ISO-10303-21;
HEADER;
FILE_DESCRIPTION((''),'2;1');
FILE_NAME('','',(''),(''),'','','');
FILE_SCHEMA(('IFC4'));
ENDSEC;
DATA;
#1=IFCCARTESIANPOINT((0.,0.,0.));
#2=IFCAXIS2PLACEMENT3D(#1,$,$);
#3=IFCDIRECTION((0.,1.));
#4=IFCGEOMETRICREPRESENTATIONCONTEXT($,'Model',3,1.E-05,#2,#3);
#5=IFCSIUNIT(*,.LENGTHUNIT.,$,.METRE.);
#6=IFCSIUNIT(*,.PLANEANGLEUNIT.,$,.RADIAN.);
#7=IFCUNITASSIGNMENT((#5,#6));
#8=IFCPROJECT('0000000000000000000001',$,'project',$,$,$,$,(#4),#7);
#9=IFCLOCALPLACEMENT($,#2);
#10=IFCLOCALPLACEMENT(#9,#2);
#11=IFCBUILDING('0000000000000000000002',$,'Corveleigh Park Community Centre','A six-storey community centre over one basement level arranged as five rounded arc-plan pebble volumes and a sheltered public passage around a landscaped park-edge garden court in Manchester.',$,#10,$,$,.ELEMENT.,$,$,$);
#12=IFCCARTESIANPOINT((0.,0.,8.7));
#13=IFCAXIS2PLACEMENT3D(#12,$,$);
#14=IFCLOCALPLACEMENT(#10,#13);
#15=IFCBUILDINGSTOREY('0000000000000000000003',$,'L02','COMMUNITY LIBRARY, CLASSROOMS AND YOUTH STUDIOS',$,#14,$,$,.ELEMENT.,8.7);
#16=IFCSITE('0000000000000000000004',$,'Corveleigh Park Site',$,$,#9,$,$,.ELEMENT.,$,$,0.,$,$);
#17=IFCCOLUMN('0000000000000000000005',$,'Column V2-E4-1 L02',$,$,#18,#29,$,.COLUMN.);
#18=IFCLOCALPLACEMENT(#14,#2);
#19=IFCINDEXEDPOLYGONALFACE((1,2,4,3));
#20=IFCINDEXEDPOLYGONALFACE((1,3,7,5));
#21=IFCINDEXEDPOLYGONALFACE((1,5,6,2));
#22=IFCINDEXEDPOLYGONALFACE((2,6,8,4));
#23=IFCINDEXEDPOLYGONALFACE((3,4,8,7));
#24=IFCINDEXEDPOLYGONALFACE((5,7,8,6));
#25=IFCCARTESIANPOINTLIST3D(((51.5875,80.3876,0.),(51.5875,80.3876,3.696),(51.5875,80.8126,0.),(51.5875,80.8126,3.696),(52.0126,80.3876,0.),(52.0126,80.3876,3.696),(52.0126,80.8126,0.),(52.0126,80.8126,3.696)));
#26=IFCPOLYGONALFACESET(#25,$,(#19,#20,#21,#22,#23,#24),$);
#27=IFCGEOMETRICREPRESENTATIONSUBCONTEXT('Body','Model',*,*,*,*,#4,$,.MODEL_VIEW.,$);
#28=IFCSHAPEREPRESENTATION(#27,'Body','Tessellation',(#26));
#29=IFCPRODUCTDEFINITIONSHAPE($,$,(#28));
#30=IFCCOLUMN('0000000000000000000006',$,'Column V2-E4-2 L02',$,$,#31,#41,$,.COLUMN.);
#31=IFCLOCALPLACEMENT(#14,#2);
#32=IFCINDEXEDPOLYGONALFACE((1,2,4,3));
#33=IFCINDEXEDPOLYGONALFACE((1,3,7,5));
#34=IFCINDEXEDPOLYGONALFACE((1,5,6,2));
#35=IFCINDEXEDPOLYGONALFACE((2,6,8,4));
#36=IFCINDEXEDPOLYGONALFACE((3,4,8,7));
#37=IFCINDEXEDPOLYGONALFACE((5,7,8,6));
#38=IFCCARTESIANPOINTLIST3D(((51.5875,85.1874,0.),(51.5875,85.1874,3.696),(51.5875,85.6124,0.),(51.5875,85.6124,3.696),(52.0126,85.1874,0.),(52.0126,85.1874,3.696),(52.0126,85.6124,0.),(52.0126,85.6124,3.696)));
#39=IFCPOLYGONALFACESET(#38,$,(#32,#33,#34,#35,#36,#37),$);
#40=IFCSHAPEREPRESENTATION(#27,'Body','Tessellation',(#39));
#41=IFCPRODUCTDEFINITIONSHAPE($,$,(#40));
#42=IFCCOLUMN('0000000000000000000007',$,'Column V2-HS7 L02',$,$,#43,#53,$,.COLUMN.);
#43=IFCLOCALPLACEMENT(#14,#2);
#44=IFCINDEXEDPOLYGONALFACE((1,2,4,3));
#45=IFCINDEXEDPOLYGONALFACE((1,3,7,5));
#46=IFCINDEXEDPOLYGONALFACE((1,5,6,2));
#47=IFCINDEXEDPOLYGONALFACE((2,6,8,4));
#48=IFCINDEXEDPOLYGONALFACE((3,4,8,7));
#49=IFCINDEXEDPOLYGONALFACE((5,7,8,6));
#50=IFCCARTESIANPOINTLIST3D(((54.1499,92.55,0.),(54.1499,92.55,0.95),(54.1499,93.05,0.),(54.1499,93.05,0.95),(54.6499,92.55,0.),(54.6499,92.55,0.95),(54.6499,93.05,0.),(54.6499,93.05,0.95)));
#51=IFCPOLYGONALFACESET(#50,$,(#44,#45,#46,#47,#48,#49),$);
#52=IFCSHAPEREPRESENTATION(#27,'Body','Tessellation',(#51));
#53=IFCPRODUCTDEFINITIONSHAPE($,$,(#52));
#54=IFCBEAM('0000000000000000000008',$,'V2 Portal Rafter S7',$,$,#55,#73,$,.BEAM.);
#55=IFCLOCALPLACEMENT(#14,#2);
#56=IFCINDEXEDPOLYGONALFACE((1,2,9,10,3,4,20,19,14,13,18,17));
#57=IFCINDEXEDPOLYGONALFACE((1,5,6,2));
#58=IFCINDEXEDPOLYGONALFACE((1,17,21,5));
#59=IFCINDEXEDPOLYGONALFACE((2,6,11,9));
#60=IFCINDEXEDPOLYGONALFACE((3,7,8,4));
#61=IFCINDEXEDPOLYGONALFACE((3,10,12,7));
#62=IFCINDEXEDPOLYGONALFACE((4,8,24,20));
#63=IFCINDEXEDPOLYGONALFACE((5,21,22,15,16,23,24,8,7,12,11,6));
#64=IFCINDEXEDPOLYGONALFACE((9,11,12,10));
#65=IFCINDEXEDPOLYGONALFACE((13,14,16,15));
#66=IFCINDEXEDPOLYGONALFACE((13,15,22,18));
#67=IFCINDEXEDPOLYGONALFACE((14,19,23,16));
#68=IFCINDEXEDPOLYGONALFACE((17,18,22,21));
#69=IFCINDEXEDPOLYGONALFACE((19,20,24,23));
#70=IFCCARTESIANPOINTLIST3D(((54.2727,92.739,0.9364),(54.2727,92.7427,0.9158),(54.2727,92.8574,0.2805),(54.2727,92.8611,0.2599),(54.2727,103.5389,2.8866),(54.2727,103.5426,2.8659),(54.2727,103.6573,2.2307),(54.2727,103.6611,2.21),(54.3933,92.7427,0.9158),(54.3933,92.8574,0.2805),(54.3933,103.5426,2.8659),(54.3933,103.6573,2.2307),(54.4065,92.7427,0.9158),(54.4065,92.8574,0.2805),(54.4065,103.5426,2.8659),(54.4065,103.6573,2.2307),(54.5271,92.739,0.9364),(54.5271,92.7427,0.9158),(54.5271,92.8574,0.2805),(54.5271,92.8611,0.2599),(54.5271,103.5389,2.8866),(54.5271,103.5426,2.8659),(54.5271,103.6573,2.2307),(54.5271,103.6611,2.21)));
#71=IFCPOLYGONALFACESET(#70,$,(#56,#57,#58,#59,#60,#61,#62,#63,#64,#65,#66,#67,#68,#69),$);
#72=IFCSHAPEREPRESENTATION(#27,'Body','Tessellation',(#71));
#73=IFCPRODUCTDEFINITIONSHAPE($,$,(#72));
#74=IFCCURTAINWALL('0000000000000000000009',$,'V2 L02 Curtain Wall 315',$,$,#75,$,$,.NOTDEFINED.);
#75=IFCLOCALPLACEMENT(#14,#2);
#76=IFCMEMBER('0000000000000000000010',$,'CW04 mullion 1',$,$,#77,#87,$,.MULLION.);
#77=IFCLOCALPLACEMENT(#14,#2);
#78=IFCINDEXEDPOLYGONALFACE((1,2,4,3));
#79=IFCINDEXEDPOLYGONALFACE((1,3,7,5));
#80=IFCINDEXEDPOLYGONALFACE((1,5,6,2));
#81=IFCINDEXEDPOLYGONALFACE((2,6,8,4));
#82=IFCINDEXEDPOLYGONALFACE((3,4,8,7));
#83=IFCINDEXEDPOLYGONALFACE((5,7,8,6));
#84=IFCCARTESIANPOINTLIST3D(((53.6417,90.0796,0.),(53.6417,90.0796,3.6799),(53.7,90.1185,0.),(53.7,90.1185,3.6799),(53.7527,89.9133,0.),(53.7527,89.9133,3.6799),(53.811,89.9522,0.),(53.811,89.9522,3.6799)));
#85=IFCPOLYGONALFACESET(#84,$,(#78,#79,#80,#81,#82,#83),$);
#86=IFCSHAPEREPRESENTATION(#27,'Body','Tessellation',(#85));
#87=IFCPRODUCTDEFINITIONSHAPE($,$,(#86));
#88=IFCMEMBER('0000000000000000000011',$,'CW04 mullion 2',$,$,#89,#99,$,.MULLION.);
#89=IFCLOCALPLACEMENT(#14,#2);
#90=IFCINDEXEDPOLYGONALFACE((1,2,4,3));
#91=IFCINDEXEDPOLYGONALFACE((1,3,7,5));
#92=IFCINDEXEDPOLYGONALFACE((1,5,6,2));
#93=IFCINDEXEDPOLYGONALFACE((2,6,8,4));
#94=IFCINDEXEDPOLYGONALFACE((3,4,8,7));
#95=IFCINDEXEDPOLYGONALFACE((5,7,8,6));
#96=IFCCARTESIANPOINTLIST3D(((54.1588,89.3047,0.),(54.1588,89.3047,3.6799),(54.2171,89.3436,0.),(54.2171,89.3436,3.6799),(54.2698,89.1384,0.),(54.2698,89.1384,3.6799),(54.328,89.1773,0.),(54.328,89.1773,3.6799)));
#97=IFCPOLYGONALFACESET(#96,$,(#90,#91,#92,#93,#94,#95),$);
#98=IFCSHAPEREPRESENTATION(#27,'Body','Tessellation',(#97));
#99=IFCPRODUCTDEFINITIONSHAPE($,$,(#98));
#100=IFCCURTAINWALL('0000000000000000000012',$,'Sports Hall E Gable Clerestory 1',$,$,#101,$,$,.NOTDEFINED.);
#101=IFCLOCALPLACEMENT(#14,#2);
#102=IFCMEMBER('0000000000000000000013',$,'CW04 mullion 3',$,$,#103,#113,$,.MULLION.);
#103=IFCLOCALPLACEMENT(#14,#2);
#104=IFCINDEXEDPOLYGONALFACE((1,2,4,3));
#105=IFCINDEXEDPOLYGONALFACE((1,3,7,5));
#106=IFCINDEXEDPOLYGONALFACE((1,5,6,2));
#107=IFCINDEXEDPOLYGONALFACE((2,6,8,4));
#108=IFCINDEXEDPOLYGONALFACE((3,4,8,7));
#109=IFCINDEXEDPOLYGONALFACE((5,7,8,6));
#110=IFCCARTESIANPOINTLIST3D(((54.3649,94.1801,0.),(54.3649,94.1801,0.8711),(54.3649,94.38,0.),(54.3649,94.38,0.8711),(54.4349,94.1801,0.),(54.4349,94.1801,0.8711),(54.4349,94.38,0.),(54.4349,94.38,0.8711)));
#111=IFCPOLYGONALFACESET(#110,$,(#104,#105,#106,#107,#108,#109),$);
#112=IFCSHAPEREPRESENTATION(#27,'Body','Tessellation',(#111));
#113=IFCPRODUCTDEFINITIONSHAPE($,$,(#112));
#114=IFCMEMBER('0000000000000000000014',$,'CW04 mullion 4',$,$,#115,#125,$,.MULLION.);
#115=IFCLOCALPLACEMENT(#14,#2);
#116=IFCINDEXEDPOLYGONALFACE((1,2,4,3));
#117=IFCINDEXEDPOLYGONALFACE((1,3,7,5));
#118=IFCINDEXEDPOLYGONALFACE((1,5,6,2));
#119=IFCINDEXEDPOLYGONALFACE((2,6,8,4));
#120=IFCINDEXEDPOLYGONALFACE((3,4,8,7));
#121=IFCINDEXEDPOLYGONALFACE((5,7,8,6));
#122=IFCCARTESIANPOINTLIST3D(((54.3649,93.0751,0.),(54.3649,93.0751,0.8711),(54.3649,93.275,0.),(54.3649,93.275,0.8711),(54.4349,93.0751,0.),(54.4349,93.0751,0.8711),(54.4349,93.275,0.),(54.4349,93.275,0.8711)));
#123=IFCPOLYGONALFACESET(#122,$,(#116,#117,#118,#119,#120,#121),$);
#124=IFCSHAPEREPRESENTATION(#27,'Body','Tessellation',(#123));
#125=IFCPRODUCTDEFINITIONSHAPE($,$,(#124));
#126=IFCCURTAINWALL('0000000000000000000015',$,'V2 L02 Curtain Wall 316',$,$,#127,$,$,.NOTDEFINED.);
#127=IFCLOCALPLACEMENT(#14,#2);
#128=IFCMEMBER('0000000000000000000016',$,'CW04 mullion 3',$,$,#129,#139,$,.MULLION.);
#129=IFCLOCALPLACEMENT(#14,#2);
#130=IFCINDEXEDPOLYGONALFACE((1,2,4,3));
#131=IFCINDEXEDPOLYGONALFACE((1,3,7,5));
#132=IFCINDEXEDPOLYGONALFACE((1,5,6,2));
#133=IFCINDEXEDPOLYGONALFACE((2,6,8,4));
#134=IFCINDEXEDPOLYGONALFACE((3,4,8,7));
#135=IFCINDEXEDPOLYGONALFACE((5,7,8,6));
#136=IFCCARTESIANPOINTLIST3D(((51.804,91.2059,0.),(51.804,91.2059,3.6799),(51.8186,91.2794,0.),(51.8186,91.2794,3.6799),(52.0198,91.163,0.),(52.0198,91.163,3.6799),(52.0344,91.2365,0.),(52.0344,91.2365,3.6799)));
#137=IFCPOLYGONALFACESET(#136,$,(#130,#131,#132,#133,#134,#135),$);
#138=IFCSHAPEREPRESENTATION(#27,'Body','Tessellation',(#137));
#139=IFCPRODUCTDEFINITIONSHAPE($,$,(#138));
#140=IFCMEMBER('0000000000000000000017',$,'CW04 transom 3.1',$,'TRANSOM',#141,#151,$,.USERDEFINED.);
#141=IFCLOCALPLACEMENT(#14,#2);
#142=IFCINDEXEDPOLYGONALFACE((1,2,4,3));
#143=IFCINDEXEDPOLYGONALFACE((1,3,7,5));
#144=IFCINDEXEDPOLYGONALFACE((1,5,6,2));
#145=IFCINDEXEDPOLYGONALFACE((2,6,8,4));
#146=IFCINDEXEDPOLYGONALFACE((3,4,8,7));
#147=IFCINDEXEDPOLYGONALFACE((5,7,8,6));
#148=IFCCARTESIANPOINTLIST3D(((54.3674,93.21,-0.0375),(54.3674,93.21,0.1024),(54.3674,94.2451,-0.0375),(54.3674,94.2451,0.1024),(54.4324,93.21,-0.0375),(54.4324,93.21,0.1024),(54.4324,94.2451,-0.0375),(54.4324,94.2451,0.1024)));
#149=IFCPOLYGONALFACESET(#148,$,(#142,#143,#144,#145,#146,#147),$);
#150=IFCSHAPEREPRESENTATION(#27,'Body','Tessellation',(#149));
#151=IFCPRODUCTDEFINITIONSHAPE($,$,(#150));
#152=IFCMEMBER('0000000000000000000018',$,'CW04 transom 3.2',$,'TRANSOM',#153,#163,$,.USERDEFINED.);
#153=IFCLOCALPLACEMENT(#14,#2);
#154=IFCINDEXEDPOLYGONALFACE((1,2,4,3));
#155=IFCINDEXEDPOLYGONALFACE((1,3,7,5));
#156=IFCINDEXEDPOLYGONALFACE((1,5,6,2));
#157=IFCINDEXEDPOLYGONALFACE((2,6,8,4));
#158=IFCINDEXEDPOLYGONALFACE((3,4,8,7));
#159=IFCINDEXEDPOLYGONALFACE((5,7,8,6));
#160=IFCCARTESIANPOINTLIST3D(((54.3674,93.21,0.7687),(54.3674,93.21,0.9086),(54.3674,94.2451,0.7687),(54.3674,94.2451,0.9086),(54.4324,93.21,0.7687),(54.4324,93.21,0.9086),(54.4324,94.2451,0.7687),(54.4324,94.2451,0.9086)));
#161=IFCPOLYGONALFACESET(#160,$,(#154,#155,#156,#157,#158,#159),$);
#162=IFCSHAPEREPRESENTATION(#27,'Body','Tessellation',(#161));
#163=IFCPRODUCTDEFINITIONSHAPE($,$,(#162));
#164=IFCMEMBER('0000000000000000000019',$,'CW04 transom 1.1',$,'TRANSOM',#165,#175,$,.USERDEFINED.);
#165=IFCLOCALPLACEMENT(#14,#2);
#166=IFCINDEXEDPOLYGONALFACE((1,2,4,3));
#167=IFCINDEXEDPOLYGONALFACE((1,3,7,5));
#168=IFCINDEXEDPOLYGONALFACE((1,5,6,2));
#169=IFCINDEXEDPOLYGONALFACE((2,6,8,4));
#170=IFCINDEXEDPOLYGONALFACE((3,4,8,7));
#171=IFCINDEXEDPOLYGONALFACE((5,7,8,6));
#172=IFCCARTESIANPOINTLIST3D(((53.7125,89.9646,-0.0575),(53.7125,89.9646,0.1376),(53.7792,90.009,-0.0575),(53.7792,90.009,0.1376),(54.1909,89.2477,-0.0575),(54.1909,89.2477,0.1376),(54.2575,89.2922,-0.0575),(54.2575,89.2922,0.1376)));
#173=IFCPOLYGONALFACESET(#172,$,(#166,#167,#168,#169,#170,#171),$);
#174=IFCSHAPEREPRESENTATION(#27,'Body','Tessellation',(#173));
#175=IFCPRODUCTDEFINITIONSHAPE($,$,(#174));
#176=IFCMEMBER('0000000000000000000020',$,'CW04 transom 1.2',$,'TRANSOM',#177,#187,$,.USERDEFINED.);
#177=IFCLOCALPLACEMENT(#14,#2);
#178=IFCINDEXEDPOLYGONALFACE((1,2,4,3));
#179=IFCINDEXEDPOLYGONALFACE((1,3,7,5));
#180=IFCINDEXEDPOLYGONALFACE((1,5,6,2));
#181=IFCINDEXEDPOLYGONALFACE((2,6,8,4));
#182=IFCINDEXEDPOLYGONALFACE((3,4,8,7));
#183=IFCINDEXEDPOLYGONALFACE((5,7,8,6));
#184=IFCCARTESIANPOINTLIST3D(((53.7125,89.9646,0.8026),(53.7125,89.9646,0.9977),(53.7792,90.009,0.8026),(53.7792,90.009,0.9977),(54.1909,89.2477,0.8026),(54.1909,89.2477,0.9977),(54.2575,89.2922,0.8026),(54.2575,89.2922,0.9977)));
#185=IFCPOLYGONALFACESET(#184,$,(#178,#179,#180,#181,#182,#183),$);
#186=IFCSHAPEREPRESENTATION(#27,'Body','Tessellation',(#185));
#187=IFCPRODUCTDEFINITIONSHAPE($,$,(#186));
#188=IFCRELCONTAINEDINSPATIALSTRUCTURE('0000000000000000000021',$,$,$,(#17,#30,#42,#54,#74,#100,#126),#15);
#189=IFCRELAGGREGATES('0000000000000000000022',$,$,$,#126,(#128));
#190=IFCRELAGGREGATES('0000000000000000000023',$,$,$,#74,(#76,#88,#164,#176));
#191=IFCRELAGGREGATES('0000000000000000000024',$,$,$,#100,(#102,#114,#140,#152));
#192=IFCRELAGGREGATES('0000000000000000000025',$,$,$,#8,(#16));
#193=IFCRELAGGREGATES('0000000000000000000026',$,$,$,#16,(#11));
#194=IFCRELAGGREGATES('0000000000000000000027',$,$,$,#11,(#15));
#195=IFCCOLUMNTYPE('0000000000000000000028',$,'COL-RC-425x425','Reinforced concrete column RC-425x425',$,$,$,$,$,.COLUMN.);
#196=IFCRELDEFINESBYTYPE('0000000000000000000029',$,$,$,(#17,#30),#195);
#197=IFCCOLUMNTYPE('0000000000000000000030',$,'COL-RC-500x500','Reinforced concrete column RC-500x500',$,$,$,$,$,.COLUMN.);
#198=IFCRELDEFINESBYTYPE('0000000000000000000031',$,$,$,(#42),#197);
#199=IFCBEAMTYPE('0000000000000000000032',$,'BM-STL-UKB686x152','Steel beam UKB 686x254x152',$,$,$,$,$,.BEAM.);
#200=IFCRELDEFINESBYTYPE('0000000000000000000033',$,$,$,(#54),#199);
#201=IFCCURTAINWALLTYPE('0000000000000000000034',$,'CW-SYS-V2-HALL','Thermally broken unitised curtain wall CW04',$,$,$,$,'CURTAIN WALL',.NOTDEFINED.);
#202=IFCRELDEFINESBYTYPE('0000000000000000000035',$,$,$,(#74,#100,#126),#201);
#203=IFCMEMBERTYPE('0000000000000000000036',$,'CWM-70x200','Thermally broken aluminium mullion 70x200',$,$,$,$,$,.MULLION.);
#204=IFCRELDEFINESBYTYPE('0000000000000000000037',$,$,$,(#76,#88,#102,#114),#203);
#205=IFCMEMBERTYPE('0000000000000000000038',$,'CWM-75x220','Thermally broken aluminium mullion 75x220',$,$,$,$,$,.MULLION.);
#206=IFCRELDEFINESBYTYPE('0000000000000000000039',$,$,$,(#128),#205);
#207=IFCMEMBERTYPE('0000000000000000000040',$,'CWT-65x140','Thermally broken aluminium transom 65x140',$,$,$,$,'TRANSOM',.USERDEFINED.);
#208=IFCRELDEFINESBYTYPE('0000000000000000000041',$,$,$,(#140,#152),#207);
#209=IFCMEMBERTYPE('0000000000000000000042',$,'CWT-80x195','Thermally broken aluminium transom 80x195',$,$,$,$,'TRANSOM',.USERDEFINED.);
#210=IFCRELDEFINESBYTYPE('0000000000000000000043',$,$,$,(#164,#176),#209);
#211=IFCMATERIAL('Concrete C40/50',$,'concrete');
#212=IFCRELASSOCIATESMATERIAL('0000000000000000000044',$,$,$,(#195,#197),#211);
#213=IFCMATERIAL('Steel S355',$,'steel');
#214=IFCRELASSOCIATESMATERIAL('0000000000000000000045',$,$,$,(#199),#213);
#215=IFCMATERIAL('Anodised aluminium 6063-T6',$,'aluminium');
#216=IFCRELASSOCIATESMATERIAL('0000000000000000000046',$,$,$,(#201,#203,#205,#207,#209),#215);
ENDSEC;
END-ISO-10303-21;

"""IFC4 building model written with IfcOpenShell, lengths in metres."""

from ifc_helpers import new_model, si_unit, direction, frame, origin, origin_2d, place, context, subcontext, project, spatial, rectangle, i_section, extrude, material, material_profile, profile_set, type_object, element, aggregate, save


model = new_model("IFC4")

# Units and contexts
model_context = context("Model", 3, precision=1e-05, world=origin(), true_north=direction((0.0, 1.0)))
body_context = subcontext(model_context, "Body", "Model", "MODEL_VIEW")
ifc_project = project(units=[si_unit("LENGTHUNIT", "METRE"), si_unit("PLANEANGLEUNIT", "RADIAN")], contexts=[model_context])

# Site, building, storey
site_placement = place(None, origin())
site = spatial("IfcSite", under=ifc_project, at=site_placement, Name="Corveleigh Park Site", CompositionType="ELEMENT", RefElevation=0.0)
building_placement = place(site_placement, origin())
building = spatial("IfcBuilding", under=site, at=building_placement, Name="Corveleigh Park Community Centre", Description="A six-storey community centre over one basement level arranged as five rounded arc-plan pebble volumes and a sheltered public passage around a landscaped park-edge garden court in Manchester.", CompositionType="ELEMENT")
storey_placement = place(building_placement, frame((0.0, 0.0, 8.7)))
storey = spatial("IfcBuildingStorey", under=building, at=storey_placement, Name="L02", Description="COMMUNITY LIBRARY, CLASSROOMS AND YOUTH STUDIOS", CompositionType="ELEMENT", Elevation=8.7)

# Columns
ifc_material_1 = material(Name="Concrete C40/50", Category="concrete")
ifc_material_profile_1 = material_profile(ifc_material_1, rectangle(XDim=0.425, YDim=0.425, at=origin_2d()), Name="RC-425x425", Category="concrete")
ifc_profile_set_1 = profile_set([ifc_material_profile_1], Name="Concrete C40/50")
column_type_1 = type_object("IfcColumnType", Name="COL-RC-425x425", Description="Reinforced concrete column RC-425x425", PredefinedType="COLUMN", material=ifc_profile_set_1)
for number, where, z_axis, x_axis, name in (
    (1, (51.8, 80.6001, 0.0), (0.0, 0.0, 1.0), (1.0, 0.0, 0.0), "Column V2-E4-1 L02"),
    (2, (51.8, 85.3999, 0.0), (0.0, 0.0, 1.0), (1.0, 0.0, 0.0), "Column V2-E4-2 L02"),
):
    element("IfcColumn", number, at=place(storey_placement, frame(where, z_axis=z_axis, x_axis=x_axis)), inside=storey, type_object=column_type_1, Name=name, PredefinedType="COLUMN", context=body_context, shape_type="SweptSolid", body=[
        extrude(rectangle(XDim=0.425, YDim=0.425, at=origin_2d()), origin(), (0.0, 0.0, 1.0), 3.696),
    ])
ifc_material_profile_2 = material_profile(ifc_material_1, rectangle(XDim=0.5, YDim=0.5, at=origin_2d()), Name="RC-500x500", Category="concrete")
ifc_profile_set_2 = profile_set([ifc_material_profile_2], Name="Concrete C40/50")
column_type_2 = type_object("IfcColumnType", Name="COL-RC-500x500", Description="Reinforced concrete column RC-500x500", PredefinedType="COLUMN", material=ifc_profile_set_2)
column_placement = place(storey_placement, frame((54.3999, 92.8, 0.0), z_axis=(0.0, 0.0, 1.0), x_axis=(1.0, 0.0, 0.0)))
element("IfcColumn", 3, at=column_placement, inside=storey, type_object=column_type_2, Name="Column V2-HS7 L02", PredefinedType="COLUMN", context=body_context, shape_type="SweptSolid", body=[
    extrude(rectangle(XDim=0.5, YDim=0.5, at=origin_2d()), origin(), (0.0, 0.0, 1.0), 0.95),
])

# Beam
ifc_material_2 = material(Name="Steel S355", Category="steel")
ifc_material_profile_3 = material_profile(ifc_material_2, i_section(OverallWidth=0.2544, OverallDepth=0.6875, WebThickness=0.0132, FlangeThickness=0.021, at=origin_2d()), Name="UKB 686x254x152", Category="steel")
ifc_profile_set_3 = profile_set([ifc_material_profile_3], Name="Steel S355")
beam_type = type_object("IfcBeamType", Name="BM-STL-UKB686x152", Description="Steel beam UKB 686x254x152", PredefinedType="BEAM", material=ifc_profile_set_3)
beam_placement = place(storey_placement, frame((54.3999, 92.8, 0.5981), z_axis=(0.0, 0.984085, 0.177699), x_axis=(-1.0, 0.0, 0.0)))
element("IfcBeam", 4, at=beam_placement, inside=storey, type_object=beam_type, Name="V2 Portal Rafter S7", PredefinedType="BEAM", context=body_context, shape_type="SweptSolid", body=[
    extrude(i_section(OverallWidth=0.2544, OverallDepth=0.6875, WebThickness=0.0132, FlangeThickness=0.021, at=origin_2d()), origin(), (0.0, 0.0, 1.0), 10.9746),
])

# Curtain walls, members
ifc_material_3 = material(Name="Anodised aluminium 6063-T6", Category="aluminium")
curtain_wall_type = type_object("IfcCurtainWallType", Name="CW-SYS-V2-HALL", Description="Thermally broken unitised curtain wall CW04", ElementType="CURTAIN WALL", PredefinedType="NOTDEFINED", material=ifc_material_3)
curtain_wall_1_placement = place(storey_placement, origin())
curtain_wall_1 = element("IfcCurtainWall", 5, at=curtain_wall_1_placement, inside=storey, type_object=curtain_wall_type, Name="V2 L02 Curtain Wall 315", PredefinedType="NOTDEFINED")
ifc_material_profile_4 = material_profile(ifc_material_3, rectangle(XDim=0.0701, YDim=0.2, at=origin_2d()), Name="ALU-M70x200", Category="aluminium")
ifc_profile_set_4 = profile_set([ifc_material_profile_4], Name="Anodised aluminium 6063-T6")
member_type_1 = type_object("IfcMemberType", Name="CWM-70x200", Description="Thermally broken aluminium mullion 70x200", PredefinedType="MULLION", material=ifc_profile_set_4)
member_1_placement = place(storey_placement, frame((53.7263, 90.0159, 0.0), z_axis=(0.0, 0.0, 1.0), x_axis=(0.831811, 0.555058, 0.0)))
member_1 = element("IfcMember", 6, at=member_1_placement, type_object=member_type_1, Name="CW04 mullion 1", PredefinedType="MULLION", context=body_context, shape_type="SweptSolid", body=[
    extrude(rectangle(XDim=0.0701, YDim=0.2, at=origin_2d()), origin(), (0.0, 0.0, 1.0), 3.6799),
])
member_2_placement = place(storey_placement, frame((54.2434, 89.241, 0.0), z_axis=(0.0, 0.0, 1.0), x_axis=(0.831811, 0.555058, 0.0)))
member_2 = element("IfcMember", 7, at=member_2_placement, type_object=member_type_1, Name="CW04 mullion 2", PredefinedType="MULLION", context=body_context, shape_type="SweptSolid", body=[
    extrude(rectangle(XDim=0.0701, YDim=0.2, at=origin_2d()), origin(), (0.0, 0.0, 1.0), 3.6799),
])
curtain_wall_2_placement = place(storey_placement, origin())
curtain_wall_2 = element("IfcCurtainWall", 8, at=curtain_wall_2_placement, inside=storey, type_object=curtain_wall_type, Name="Sports Hall E Gable Clerestory 1", PredefinedType="NOTDEFINED")
member_3_placement = place(storey_placement, frame((54.3999, 94.28, 0.0), z_axis=(0.0, 0.0, 1.0), x_axis=(1.0, 0.0, 0.0)))
member_3 = element("IfcMember", 9, at=member_3_placement, type_object=member_type_1, Name="CW04 mullion 3", PredefinedType="MULLION", context=body_context, shape_type="SweptSolid", body=[
    extrude(rectangle(XDim=0.0701, YDim=0.2, at=origin_2d()), origin(), (0.0, 0.0, 1.0), 0.8711),
])
member_4_placement = place(storey_placement, frame((54.3999, 93.175, 0.0), z_axis=(0.0, 0.0, 1.0), x_axis=(1.0, 0.0, 0.0)))
member_4 = element("IfcMember", 10, at=member_4_placement, type_object=member_type_1, Name="CW04 mullion 4", PredefinedType="MULLION", context=body_context, shape_type="SweptSolid", body=[
    extrude(rectangle(XDim=0.0701, YDim=0.2, at=origin_2d()), origin(), (0.0, 0.0, 1.0), 0.8711),
])

# Curtain wall, member
curtain_wall_3_placement = place(storey_placement, origin())
curtain_wall_3 = element("IfcCurtainWall", 11, at=curtain_wall_3_placement, inside=storey, type_object=curtain_wall_type, Name="V2 L02 Curtain Wall 316", PredefinedType="NOTDEFINED")
ifc_material_profile_5 = material_profile(ifc_material_3, rectangle(XDim=0.075, YDim=0.22, at=origin_2d()), Name="ALU-M75x220", Category="aluminium")
ifc_profile_set_5 = profile_set([ifc_material_profile_5], Name="Anodised aluminium 6063-T6")
member_type_2 = type_object("IfcMemberType", Name="CWM-75x220", Description="Thermally broken aluminium mullion 75x220", PredefinedType="MULLION", material=ifc_profile_set_5)
member_5_placement = place(storey_placement, frame((51.9192, 91.2212, 0.0), z_axis=(0.0, 0.0, 1.0), x_axis=(0.194944, 0.980814, 0.0)))
member_5 = element("IfcMember", 12, at=member_5_placement, type_object=member_type_2, Name="CW04 mullion 3", PredefinedType="MULLION", context=body_context, shape_type="SweptSolid", body=[
    extrude(rectangle(XDim=0.075, YDim=0.22, at=origin_2d()), origin(), (0.0, 0.0, 1.0), 3.6799),
])
aggregate(curtain_wall_3, [member_5])

# Members
ifc_material_profile_6 = material_profile(ifc_material_3, rectangle(XDim=0.0649, YDim=0.1399, at=origin_2d()), Name="ALU-T65x140", Category="aluminium")
ifc_profile_set_6 = profile_set([ifc_material_profile_6], Name="Anodised aluminium 6063-T6")
member_type_3 = type_object("IfcMemberType", Name="CWT-65x140", Description="Thermally broken aluminium transom 65x140", ElementType="TRANSOM", PredefinedType="USERDEFINED", material=ifc_profile_set_6)
member_6_placement = place(storey_placement, frame((54.3999, 94.2451, 0.0325), z_axis=(0.0, -1.0, 0.0), x_axis=(1.0, 0.0, 0.0)))
member_6 = element("IfcMember", 13, at=member_6_placement, type_object=member_type_3, Name="CW04 transom 3.1", ObjectType="TRANSOM", PredefinedType="USERDEFINED", context=body_context, shape_type="SweptSolid", body=[
    extrude(rectangle(XDim=0.0649, YDim=0.1399, at=origin_2d()), origin(), (0.0, 0.0, 1.0), 1.0352),
])
member_7_placement = place(storey_placement, frame((54.3999, 94.2451, 0.8386), z_axis=(0.0, -1.0, 0.0), x_axis=(1.0, 0.0, 0.0)))
member_7 = element("IfcMember", 14, at=member_7_placement, type_object=member_type_3, Name="CW04 transom 3.2", ObjectType="TRANSOM", PredefinedType="USERDEFINED", context=body_context, shape_type="SweptSolid", body=[
    extrude(rectangle(XDim=0.0649, YDim=0.1399, at=origin_2d()), origin(), (0.0, 0.0, 1.0), 1.0352),
])
ifc_material_profile_7 = material_profile(ifc_material_3, rectangle(XDim=0.0801, YDim=0.1951, at=origin_2d()), Name="ALU-T80x195", Category="aluminium")
ifc_profile_set_7 = profile_set([ifc_material_profile_7], Name="Anodised aluminium 6063-T6")
member_type_4 = type_object("IfcMemberType", Name="CWT-80x195", Description="Thermally broken aluminium transom 80x195", ElementType="TRANSOM", PredefinedType="USERDEFINED", material=ifc_profile_set_7)
member_8_placement = place(storey_placement, frame((53.7458, 89.9868, 0.04), z_axis=(0.555027, -0.831832, 0.0), x_axis=(0.831832, 0.555027, 0.0)))
member_8 = element("IfcMember", 15, at=member_8_placement, type_object=member_type_4, Name="CW04 transom 1.1", ObjectType="TRANSOM", PredefinedType="USERDEFINED", context=body_context, shape_type="SweptSolid", body=[
    extrude(rectangle(XDim=0.0801, YDim=0.1951, at=origin_2d()), origin(), (0.0, 0.0, 1.0), 0.8618),
])
member_9_placement = place(storey_placement, frame((53.7458, 89.9868, 0.9001), z_axis=(0.555027, -0.831832, 0.0), x_axis=(0.831832, 0.555027, 0.0)))
member_9 = element("IfcMember", 16, at=member_9_placement, type_object=member_type_4, Name="CW04 transom 1.2", ObjectType="TRANSOM", PredefinedType="USERDEFINED", context=body_context, shape_type="SweptSolid", body=[
    extrude(rectangle(XDim=0.0801, YDim=0.1951, at=origin_2d()), origin(), (0.0, 0.0, 1.0), 0.8618),
])

aggregate(curtain_wall_1, [member_1, member_2, member_8, member_9])
aggregate(curtain_wall_2, [member_3, member_4, member_6, member_7])

save(model, "model.ifc")
